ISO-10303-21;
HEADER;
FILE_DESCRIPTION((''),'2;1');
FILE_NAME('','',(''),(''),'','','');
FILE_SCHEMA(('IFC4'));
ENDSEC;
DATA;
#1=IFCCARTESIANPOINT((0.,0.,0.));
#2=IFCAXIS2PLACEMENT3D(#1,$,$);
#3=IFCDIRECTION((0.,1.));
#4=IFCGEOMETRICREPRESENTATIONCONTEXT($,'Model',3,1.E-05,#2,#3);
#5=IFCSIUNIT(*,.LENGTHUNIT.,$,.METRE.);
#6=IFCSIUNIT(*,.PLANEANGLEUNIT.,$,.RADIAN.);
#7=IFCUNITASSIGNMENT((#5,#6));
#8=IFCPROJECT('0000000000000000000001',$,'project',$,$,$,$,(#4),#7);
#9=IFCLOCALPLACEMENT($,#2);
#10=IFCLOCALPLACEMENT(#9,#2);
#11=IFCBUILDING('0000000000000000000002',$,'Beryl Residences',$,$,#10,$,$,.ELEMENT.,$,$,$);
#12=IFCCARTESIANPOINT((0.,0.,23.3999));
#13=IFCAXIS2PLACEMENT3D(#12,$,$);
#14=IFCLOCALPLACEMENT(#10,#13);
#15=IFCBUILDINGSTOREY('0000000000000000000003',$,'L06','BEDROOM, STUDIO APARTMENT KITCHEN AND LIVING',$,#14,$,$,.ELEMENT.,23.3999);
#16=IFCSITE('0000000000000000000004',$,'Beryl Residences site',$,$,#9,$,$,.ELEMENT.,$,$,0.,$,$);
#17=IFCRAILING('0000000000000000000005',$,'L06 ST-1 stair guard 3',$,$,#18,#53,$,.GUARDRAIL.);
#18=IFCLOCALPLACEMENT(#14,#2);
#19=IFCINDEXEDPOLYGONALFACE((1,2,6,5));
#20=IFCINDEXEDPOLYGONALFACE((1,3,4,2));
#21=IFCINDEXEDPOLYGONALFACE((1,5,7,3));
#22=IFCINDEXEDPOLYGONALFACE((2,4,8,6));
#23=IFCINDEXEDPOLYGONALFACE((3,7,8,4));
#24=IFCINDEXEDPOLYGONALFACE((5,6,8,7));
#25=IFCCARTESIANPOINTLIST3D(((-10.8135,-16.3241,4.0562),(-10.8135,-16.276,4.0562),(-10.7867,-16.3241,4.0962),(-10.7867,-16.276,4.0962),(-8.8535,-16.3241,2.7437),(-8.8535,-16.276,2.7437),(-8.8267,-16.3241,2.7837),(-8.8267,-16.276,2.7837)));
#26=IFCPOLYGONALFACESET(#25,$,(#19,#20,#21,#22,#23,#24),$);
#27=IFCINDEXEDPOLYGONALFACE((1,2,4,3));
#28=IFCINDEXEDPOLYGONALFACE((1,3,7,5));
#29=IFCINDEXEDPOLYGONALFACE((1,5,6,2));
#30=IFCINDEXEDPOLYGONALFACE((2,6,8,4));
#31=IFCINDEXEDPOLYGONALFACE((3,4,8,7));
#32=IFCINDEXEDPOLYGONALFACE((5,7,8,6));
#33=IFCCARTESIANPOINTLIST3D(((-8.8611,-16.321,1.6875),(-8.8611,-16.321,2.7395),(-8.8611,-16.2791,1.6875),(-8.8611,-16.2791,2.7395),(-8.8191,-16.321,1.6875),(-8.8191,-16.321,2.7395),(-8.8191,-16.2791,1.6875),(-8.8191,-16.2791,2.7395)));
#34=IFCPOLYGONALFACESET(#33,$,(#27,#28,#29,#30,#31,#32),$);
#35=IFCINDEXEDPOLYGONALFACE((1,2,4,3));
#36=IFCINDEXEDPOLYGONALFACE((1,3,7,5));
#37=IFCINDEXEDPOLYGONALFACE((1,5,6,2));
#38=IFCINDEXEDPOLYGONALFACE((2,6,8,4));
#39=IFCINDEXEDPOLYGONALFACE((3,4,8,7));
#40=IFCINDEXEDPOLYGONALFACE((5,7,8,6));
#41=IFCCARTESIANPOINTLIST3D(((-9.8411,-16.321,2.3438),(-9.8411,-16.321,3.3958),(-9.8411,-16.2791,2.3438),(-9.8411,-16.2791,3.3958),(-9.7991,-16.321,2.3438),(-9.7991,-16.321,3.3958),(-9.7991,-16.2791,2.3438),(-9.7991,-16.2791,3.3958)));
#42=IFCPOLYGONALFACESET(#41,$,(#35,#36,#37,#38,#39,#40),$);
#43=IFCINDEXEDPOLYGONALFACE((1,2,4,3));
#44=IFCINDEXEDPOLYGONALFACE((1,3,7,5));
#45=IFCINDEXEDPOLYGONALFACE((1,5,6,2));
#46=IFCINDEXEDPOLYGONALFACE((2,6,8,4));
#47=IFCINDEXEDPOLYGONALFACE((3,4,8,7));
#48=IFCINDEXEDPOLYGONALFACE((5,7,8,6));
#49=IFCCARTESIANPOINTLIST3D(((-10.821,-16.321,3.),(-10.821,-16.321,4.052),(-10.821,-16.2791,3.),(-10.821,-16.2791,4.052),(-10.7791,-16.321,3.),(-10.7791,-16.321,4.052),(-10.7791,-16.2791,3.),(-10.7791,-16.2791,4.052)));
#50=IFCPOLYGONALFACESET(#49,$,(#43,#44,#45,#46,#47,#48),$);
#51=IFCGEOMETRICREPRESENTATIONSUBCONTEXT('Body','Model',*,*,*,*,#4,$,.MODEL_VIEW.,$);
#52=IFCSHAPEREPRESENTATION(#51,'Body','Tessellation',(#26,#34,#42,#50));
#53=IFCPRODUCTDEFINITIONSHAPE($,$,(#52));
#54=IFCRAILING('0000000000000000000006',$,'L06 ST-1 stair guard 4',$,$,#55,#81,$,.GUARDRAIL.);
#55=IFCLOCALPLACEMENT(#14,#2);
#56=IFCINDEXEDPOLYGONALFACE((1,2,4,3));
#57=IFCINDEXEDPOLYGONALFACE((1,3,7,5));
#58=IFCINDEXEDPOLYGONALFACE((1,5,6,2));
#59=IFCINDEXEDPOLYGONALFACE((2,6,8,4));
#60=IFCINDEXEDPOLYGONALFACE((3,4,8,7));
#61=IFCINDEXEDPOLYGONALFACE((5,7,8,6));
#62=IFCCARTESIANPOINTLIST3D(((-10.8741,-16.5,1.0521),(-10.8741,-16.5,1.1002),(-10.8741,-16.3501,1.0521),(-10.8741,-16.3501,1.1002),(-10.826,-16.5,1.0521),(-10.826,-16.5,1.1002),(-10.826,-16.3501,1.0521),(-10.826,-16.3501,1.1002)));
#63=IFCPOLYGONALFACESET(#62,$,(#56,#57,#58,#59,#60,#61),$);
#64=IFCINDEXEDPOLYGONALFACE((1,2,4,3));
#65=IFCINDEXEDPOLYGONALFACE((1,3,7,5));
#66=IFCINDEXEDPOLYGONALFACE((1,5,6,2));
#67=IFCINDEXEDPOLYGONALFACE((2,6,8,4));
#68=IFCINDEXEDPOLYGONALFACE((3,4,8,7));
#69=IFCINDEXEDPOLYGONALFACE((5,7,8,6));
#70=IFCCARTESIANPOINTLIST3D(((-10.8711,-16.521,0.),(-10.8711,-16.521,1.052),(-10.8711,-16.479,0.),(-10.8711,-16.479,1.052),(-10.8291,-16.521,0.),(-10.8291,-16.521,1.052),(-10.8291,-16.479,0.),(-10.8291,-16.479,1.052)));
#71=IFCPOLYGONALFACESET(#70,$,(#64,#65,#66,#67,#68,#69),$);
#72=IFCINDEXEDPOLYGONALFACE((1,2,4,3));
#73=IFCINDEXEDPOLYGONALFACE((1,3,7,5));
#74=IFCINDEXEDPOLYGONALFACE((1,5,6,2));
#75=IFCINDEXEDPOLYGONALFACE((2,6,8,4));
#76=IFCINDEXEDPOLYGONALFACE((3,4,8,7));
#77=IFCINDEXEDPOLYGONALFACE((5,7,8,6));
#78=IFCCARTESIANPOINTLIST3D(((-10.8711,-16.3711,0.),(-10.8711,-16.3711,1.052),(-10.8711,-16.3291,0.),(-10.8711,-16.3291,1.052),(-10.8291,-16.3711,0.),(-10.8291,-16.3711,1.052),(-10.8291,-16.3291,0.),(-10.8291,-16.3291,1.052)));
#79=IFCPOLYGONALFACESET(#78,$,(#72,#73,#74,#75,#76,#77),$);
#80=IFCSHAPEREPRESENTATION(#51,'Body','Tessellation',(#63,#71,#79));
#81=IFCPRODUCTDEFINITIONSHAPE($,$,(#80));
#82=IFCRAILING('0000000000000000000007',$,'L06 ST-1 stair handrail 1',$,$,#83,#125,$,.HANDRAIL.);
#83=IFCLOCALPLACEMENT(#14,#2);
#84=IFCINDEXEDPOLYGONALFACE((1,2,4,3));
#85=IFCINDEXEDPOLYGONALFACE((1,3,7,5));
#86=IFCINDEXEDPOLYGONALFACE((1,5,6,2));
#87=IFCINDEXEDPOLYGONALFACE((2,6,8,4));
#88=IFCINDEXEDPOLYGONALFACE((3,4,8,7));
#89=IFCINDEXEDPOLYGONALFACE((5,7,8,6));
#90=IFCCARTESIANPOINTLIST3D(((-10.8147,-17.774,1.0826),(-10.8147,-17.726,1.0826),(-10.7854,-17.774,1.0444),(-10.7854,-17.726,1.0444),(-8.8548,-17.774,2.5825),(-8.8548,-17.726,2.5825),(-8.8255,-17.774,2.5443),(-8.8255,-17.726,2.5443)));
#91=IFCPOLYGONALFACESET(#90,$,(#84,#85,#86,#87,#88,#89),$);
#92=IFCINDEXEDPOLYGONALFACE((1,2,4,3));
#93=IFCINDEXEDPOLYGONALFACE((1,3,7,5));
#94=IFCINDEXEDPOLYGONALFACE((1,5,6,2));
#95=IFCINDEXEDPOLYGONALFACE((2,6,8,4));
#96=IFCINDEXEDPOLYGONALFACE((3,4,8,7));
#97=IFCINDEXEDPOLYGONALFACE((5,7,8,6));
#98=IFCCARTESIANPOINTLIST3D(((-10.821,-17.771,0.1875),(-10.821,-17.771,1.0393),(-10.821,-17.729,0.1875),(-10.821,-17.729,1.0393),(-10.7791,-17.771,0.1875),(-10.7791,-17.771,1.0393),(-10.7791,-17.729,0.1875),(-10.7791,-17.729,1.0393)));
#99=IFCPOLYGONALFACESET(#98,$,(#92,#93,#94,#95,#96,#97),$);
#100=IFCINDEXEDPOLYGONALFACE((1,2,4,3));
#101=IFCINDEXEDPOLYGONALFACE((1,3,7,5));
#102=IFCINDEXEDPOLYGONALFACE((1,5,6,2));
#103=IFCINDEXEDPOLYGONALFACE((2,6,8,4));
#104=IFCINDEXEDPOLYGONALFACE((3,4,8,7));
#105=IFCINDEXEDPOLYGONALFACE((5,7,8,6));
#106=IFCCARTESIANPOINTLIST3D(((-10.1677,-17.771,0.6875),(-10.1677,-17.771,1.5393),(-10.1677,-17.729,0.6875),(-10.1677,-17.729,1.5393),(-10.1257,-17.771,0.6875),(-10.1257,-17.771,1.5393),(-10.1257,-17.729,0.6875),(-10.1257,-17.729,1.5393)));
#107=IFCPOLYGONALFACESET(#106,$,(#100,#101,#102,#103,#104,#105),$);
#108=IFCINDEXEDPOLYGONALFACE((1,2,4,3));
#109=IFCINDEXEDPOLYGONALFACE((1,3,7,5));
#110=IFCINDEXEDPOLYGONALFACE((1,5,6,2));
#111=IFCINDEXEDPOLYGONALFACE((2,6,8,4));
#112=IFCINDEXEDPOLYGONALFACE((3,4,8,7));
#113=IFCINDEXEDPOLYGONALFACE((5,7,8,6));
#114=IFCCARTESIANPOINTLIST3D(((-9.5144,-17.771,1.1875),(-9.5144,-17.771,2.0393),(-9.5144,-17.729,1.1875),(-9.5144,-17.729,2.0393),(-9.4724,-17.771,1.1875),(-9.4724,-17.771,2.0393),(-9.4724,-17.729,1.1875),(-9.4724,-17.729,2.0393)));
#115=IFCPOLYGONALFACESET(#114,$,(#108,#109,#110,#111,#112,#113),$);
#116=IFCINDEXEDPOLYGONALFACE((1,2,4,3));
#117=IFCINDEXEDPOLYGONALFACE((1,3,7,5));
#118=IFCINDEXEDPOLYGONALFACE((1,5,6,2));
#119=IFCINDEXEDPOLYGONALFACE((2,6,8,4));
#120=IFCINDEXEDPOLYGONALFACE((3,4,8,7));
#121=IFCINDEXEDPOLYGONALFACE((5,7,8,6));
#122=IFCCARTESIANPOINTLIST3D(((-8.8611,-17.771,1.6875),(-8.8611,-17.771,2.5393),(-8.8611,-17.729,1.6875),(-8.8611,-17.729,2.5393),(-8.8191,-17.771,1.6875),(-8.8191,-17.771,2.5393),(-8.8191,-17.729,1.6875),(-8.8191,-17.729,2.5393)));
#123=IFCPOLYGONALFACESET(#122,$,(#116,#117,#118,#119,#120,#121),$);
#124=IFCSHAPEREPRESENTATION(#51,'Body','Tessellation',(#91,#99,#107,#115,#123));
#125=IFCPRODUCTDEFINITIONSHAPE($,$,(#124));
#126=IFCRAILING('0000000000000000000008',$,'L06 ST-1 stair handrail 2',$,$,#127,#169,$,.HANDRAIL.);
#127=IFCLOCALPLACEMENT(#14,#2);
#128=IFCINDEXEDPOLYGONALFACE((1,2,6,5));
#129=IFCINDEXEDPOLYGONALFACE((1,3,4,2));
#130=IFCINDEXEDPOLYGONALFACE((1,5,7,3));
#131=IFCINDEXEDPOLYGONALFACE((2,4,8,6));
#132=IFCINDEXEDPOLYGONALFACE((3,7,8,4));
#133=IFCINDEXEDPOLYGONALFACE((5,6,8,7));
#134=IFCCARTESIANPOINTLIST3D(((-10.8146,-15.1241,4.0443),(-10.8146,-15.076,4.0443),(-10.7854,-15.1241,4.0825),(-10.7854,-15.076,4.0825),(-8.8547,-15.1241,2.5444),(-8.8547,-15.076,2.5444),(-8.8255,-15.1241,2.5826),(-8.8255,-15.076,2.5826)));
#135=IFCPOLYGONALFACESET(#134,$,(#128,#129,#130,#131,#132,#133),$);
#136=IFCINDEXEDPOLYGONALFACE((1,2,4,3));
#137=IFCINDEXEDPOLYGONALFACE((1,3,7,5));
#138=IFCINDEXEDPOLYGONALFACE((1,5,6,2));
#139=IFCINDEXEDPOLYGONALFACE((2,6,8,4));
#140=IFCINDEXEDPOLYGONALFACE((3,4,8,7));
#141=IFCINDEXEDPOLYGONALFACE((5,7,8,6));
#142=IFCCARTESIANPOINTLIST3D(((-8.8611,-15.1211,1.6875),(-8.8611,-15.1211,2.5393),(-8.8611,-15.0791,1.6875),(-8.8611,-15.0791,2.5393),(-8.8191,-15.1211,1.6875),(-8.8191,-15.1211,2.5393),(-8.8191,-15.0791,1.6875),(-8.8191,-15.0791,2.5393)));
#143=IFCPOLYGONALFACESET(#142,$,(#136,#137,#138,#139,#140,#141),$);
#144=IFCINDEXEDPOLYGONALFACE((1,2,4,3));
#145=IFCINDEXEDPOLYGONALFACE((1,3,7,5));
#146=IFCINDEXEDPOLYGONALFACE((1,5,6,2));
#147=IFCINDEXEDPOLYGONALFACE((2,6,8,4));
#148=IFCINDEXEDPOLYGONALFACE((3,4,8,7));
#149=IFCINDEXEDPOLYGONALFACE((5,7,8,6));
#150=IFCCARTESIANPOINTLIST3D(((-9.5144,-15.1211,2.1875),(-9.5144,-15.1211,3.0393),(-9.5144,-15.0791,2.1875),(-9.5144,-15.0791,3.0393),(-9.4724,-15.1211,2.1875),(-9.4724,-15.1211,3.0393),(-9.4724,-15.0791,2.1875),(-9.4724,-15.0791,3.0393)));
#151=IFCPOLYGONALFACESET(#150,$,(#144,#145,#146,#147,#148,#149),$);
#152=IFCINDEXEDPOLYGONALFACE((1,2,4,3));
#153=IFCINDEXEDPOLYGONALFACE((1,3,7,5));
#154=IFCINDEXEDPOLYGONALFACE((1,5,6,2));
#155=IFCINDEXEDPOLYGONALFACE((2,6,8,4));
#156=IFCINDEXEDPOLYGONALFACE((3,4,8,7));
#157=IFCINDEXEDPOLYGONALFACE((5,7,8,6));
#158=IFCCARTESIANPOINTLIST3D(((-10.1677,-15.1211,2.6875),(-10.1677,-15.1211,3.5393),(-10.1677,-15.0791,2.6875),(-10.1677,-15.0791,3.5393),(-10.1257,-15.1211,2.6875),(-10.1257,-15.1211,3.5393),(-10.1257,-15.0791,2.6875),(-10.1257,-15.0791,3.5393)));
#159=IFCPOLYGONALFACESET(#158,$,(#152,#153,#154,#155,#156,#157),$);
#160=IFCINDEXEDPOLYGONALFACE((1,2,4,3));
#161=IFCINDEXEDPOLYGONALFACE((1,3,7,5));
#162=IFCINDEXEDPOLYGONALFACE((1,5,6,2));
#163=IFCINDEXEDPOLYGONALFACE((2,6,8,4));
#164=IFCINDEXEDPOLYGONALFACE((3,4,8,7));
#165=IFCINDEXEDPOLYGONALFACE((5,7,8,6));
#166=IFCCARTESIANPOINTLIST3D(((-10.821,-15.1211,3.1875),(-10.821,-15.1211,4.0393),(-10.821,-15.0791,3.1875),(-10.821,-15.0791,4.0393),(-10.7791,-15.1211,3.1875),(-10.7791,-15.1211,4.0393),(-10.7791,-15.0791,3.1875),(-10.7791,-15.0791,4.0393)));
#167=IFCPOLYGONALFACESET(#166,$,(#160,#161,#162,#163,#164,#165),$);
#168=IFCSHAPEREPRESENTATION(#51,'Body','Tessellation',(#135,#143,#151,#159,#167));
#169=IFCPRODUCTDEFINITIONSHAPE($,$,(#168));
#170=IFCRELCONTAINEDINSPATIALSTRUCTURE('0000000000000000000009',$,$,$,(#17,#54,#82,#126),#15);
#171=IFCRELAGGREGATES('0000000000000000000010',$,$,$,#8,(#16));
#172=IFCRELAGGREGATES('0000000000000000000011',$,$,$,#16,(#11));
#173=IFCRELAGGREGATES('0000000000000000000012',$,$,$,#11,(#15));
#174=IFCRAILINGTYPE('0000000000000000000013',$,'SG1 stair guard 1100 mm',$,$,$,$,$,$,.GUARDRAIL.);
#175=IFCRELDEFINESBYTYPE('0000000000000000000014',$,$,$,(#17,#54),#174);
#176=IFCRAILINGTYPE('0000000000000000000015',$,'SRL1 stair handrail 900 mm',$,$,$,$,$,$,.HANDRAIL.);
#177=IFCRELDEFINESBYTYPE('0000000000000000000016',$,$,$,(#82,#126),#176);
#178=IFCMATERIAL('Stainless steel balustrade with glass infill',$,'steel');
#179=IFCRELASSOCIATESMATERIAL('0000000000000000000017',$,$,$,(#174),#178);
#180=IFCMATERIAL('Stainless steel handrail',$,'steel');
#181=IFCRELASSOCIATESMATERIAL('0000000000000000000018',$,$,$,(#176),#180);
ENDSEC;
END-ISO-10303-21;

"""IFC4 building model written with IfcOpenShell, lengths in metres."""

from ifc_helpers import new_model, si_unit, direction, frame, origin, origin_2d, place, context, subcontext, project, spatial, rectangle, extrude, material, type_object, element, save


model = new_model("IFC4")

# Units and contexts
model_context = context("Model", 3, precision=1e-05, world=origin(), true_north=direction((0.0, 1.0)))
body_context = subcontext(model_context, "Body", "Model", "MODEL_VIEW")
ifc_project = project(units=[si_unit("LENGTHUNIT", "METRE"), si_unit("PLANEANGLEUNIT", "RADIAN")], contexts=[model_context])

# Site, building, storey
site_placement = place(None, origin())
site = spatial("IfcSite", under=ifc_project, at=site_placement, Name="Beryl Residences site", CompositionType="ELEMENT", RefElevation=0.0)
building_placement = place(site_placement, origin())
building = spatial("IfcBuilding", under=site, at=building_placement, Name="Beryl Residences", CompositionType="ELEMENT")
storey_placement = place(building_placement, frame((0.0, 0.0, 23.3999)))
storey = spatial("IfcBuildingStorey", under=building, at=storey_placement, Name="L06", Description="BEDROOM, STUDIO APARTMENT KITCHEN AND LIVING", CompositionType="ELEMENT", Elevation=23.3999)

# Railings
ifc_material_1 = material(Name="Stainless steel balustrade with glass infill", Category="steel")
railing_type_1 = type_object("IfcRailingType", Name="SG1 stair guard 1100 mm", PredefinedType="GUARDRAIL", material=ifc_material_1)
railing_1_placement = place(storey_placement, frame((-8.8401, -16.3, 1.6875)))
element("IfcRailing", 1, at=railing_1_placement, inside=storey, type_object=railing_type_1, Name="L06 ST-1 stair guard 3", PredefinedType="GUARDRAIL", context=body_context, shape_type="SweptSolid", body=[
    extrude(rectangle(XDim=0.0481, YDim=0.0481, at=origin_2d()), frame((0.0, 0.0, 1.0762), z_axis=(-0.830902, 0.0, 0.556419), x_axis=(0.0, -1.0, 0.0)), (0.0, 0.0, 1.0), 2.3589),
    extrude(rectangle(XDim=0.042, YDim=0.042, at=origin_2d()), origin(), (0.0, 0.0, 1.0), 1.052),
    extrude(rectangle(XDim=0.042, YDim=0.042, at=origin_2d()), frame((-0.98, 0.0, 0.6562)), (0.0, 0.0, 1.0), 1.052),
    extrude(rectangle(XDim=0.042, YDim=0.042, at=origin_2d()), frame((-1.96, 0.0, 1.3125)), (0.0, 0.0, 1.0), 1.052),
])
railing_2_placement = place(storey_placement, frame((-10.8501, -16.5, 0.0)))
element("IfcRailing", 2, at=railing_2_placement, inside=storey, type_object=railing_type_1, Name="L06 ST-1 stair guard 4", PredefinedType="GUARDRAIL", context=body_context, shape_type="SweptSolid", body=[
    extrude(rectangle(XDim=0.0481, YDim=0.0481, at=origin_2d()), frame((0.0, 0.0, 1.0762), z_axis=(0.0, 1.0, 0.0), x_axis=(-1.0, 0.0, 0.0)), (0.0, 0.0, 1.0), 0.1499),
    extrude(rectangle(XDim=0.042, YDim=0.042, at=origin_2d()), origin(), (0.0, 0.0, 1.0), 1.052),
    extrude(rectangle(XDim=0.042, YDim=0.042, at=origin_2d()), frame((0.0, 0.1499, 0.0)), (0.0, 0.0, 1.0), 1.052),
])
ifc_material_2 = material(Name="Stainless steel handrail", Category="steel")
railing_type_2 = type_object("IfcRailingType", Name="SRL1 stair handrail 900 mm", PredefinedType="HANDRAIL", material=ifc_material_2)
railing_3_placement = place(storey_placement, frame((-10.8, -17.75, 0.1875)))
element("IfcRailing", 3, at=railing_3_placement, inside=storey, type_object=railing_type_2, Name="L06 ST-1 stair handrail 1", PredefinedType="HANDRAIL", context=body_context, shape_type="SweptSolid", body=[
    extrude(rectangle(XDim=0.0481, YDim=0.0481, at=origin_2d()), frame((0.0, 0.0, 0.876), z_axis=(0.794122, 0.0, 0.607758), x_axis=(0.0, 1.0, 0.0)), (0.0, 0.0, 1.0), 2.468),
    extrude(rectangle(XDim=0.042, YDim=0.042, at=origin_2d()), origin(), (0.0, 0.0, 1.0), 0.8518),
    extrude(rectangle(XDim=0.042, YDim=0.042, at=origin_2d()), frame((0.6533, 0.0, 0.5)), (0.0, 0.0, 1.0), 0.8518),
    extrude(rectangle(XDim=0.042, YDim=0.042, at=origin_2d()), frame((1.3066, 0.0, 1.0)), (0.0, 0.0, 1.0), 0.8518),
    extrude(rectangle(XDim=0.042, YDim=0.042, at=origin_2d()), frame((1.96, 0.0, 1.5)), (0.0, 0.0, 1.0), 0.8518),
])
railing_4_placement = place(storey_placement, frame((-8.8401, -15.1001, 1.6875)))
element("IfcRailing", 4, at=railing_4_placement, inside=storey, type_object=railing_type_2, Name="L06 ST-1 stair handrail 2", PredefinedType="HANDRAIL", context=body_context, shape_type="SweptSolid", body=[
    extrude(rectangle(XDim=0.0481, YDim=0.0481, at=origin_2d()), frame((0.0, 0.0, 0.876), z_axis=(-0.794122, 0.0, 0.607758), x_axis=(0.0, -1.0, 0.0)), (0.0, 0.0, 1.0), 2.468),
    extrude(rectangle(XDim=0.042, YDim=0.042, at=origin_2d()), origin(), (0.0, 0.0, 1.0), 0.8518),
    extrude(rectangle(XDim=0.042, YDim=0.042, at=origin_2d()), frame((-0.6533, 0.0, 0.5)), (0.0, 0.0, 1.0), 0.8518),
    extrude(rectangle(XDim=0.042, YDim=0.042, at=origin_2d()), frame((-1.3066, 0.0, 1.0)), (0.0, 0.0, 1.0), 0.8518),
    extrude(rectangle(XDim=0.042, YDim=0.042, at=origin_2d()), frame((-1.96, 0.0, 1.5)), (0.0, 0.0, 1.0), 0.8518),
])

save(model, "model.ifc")
